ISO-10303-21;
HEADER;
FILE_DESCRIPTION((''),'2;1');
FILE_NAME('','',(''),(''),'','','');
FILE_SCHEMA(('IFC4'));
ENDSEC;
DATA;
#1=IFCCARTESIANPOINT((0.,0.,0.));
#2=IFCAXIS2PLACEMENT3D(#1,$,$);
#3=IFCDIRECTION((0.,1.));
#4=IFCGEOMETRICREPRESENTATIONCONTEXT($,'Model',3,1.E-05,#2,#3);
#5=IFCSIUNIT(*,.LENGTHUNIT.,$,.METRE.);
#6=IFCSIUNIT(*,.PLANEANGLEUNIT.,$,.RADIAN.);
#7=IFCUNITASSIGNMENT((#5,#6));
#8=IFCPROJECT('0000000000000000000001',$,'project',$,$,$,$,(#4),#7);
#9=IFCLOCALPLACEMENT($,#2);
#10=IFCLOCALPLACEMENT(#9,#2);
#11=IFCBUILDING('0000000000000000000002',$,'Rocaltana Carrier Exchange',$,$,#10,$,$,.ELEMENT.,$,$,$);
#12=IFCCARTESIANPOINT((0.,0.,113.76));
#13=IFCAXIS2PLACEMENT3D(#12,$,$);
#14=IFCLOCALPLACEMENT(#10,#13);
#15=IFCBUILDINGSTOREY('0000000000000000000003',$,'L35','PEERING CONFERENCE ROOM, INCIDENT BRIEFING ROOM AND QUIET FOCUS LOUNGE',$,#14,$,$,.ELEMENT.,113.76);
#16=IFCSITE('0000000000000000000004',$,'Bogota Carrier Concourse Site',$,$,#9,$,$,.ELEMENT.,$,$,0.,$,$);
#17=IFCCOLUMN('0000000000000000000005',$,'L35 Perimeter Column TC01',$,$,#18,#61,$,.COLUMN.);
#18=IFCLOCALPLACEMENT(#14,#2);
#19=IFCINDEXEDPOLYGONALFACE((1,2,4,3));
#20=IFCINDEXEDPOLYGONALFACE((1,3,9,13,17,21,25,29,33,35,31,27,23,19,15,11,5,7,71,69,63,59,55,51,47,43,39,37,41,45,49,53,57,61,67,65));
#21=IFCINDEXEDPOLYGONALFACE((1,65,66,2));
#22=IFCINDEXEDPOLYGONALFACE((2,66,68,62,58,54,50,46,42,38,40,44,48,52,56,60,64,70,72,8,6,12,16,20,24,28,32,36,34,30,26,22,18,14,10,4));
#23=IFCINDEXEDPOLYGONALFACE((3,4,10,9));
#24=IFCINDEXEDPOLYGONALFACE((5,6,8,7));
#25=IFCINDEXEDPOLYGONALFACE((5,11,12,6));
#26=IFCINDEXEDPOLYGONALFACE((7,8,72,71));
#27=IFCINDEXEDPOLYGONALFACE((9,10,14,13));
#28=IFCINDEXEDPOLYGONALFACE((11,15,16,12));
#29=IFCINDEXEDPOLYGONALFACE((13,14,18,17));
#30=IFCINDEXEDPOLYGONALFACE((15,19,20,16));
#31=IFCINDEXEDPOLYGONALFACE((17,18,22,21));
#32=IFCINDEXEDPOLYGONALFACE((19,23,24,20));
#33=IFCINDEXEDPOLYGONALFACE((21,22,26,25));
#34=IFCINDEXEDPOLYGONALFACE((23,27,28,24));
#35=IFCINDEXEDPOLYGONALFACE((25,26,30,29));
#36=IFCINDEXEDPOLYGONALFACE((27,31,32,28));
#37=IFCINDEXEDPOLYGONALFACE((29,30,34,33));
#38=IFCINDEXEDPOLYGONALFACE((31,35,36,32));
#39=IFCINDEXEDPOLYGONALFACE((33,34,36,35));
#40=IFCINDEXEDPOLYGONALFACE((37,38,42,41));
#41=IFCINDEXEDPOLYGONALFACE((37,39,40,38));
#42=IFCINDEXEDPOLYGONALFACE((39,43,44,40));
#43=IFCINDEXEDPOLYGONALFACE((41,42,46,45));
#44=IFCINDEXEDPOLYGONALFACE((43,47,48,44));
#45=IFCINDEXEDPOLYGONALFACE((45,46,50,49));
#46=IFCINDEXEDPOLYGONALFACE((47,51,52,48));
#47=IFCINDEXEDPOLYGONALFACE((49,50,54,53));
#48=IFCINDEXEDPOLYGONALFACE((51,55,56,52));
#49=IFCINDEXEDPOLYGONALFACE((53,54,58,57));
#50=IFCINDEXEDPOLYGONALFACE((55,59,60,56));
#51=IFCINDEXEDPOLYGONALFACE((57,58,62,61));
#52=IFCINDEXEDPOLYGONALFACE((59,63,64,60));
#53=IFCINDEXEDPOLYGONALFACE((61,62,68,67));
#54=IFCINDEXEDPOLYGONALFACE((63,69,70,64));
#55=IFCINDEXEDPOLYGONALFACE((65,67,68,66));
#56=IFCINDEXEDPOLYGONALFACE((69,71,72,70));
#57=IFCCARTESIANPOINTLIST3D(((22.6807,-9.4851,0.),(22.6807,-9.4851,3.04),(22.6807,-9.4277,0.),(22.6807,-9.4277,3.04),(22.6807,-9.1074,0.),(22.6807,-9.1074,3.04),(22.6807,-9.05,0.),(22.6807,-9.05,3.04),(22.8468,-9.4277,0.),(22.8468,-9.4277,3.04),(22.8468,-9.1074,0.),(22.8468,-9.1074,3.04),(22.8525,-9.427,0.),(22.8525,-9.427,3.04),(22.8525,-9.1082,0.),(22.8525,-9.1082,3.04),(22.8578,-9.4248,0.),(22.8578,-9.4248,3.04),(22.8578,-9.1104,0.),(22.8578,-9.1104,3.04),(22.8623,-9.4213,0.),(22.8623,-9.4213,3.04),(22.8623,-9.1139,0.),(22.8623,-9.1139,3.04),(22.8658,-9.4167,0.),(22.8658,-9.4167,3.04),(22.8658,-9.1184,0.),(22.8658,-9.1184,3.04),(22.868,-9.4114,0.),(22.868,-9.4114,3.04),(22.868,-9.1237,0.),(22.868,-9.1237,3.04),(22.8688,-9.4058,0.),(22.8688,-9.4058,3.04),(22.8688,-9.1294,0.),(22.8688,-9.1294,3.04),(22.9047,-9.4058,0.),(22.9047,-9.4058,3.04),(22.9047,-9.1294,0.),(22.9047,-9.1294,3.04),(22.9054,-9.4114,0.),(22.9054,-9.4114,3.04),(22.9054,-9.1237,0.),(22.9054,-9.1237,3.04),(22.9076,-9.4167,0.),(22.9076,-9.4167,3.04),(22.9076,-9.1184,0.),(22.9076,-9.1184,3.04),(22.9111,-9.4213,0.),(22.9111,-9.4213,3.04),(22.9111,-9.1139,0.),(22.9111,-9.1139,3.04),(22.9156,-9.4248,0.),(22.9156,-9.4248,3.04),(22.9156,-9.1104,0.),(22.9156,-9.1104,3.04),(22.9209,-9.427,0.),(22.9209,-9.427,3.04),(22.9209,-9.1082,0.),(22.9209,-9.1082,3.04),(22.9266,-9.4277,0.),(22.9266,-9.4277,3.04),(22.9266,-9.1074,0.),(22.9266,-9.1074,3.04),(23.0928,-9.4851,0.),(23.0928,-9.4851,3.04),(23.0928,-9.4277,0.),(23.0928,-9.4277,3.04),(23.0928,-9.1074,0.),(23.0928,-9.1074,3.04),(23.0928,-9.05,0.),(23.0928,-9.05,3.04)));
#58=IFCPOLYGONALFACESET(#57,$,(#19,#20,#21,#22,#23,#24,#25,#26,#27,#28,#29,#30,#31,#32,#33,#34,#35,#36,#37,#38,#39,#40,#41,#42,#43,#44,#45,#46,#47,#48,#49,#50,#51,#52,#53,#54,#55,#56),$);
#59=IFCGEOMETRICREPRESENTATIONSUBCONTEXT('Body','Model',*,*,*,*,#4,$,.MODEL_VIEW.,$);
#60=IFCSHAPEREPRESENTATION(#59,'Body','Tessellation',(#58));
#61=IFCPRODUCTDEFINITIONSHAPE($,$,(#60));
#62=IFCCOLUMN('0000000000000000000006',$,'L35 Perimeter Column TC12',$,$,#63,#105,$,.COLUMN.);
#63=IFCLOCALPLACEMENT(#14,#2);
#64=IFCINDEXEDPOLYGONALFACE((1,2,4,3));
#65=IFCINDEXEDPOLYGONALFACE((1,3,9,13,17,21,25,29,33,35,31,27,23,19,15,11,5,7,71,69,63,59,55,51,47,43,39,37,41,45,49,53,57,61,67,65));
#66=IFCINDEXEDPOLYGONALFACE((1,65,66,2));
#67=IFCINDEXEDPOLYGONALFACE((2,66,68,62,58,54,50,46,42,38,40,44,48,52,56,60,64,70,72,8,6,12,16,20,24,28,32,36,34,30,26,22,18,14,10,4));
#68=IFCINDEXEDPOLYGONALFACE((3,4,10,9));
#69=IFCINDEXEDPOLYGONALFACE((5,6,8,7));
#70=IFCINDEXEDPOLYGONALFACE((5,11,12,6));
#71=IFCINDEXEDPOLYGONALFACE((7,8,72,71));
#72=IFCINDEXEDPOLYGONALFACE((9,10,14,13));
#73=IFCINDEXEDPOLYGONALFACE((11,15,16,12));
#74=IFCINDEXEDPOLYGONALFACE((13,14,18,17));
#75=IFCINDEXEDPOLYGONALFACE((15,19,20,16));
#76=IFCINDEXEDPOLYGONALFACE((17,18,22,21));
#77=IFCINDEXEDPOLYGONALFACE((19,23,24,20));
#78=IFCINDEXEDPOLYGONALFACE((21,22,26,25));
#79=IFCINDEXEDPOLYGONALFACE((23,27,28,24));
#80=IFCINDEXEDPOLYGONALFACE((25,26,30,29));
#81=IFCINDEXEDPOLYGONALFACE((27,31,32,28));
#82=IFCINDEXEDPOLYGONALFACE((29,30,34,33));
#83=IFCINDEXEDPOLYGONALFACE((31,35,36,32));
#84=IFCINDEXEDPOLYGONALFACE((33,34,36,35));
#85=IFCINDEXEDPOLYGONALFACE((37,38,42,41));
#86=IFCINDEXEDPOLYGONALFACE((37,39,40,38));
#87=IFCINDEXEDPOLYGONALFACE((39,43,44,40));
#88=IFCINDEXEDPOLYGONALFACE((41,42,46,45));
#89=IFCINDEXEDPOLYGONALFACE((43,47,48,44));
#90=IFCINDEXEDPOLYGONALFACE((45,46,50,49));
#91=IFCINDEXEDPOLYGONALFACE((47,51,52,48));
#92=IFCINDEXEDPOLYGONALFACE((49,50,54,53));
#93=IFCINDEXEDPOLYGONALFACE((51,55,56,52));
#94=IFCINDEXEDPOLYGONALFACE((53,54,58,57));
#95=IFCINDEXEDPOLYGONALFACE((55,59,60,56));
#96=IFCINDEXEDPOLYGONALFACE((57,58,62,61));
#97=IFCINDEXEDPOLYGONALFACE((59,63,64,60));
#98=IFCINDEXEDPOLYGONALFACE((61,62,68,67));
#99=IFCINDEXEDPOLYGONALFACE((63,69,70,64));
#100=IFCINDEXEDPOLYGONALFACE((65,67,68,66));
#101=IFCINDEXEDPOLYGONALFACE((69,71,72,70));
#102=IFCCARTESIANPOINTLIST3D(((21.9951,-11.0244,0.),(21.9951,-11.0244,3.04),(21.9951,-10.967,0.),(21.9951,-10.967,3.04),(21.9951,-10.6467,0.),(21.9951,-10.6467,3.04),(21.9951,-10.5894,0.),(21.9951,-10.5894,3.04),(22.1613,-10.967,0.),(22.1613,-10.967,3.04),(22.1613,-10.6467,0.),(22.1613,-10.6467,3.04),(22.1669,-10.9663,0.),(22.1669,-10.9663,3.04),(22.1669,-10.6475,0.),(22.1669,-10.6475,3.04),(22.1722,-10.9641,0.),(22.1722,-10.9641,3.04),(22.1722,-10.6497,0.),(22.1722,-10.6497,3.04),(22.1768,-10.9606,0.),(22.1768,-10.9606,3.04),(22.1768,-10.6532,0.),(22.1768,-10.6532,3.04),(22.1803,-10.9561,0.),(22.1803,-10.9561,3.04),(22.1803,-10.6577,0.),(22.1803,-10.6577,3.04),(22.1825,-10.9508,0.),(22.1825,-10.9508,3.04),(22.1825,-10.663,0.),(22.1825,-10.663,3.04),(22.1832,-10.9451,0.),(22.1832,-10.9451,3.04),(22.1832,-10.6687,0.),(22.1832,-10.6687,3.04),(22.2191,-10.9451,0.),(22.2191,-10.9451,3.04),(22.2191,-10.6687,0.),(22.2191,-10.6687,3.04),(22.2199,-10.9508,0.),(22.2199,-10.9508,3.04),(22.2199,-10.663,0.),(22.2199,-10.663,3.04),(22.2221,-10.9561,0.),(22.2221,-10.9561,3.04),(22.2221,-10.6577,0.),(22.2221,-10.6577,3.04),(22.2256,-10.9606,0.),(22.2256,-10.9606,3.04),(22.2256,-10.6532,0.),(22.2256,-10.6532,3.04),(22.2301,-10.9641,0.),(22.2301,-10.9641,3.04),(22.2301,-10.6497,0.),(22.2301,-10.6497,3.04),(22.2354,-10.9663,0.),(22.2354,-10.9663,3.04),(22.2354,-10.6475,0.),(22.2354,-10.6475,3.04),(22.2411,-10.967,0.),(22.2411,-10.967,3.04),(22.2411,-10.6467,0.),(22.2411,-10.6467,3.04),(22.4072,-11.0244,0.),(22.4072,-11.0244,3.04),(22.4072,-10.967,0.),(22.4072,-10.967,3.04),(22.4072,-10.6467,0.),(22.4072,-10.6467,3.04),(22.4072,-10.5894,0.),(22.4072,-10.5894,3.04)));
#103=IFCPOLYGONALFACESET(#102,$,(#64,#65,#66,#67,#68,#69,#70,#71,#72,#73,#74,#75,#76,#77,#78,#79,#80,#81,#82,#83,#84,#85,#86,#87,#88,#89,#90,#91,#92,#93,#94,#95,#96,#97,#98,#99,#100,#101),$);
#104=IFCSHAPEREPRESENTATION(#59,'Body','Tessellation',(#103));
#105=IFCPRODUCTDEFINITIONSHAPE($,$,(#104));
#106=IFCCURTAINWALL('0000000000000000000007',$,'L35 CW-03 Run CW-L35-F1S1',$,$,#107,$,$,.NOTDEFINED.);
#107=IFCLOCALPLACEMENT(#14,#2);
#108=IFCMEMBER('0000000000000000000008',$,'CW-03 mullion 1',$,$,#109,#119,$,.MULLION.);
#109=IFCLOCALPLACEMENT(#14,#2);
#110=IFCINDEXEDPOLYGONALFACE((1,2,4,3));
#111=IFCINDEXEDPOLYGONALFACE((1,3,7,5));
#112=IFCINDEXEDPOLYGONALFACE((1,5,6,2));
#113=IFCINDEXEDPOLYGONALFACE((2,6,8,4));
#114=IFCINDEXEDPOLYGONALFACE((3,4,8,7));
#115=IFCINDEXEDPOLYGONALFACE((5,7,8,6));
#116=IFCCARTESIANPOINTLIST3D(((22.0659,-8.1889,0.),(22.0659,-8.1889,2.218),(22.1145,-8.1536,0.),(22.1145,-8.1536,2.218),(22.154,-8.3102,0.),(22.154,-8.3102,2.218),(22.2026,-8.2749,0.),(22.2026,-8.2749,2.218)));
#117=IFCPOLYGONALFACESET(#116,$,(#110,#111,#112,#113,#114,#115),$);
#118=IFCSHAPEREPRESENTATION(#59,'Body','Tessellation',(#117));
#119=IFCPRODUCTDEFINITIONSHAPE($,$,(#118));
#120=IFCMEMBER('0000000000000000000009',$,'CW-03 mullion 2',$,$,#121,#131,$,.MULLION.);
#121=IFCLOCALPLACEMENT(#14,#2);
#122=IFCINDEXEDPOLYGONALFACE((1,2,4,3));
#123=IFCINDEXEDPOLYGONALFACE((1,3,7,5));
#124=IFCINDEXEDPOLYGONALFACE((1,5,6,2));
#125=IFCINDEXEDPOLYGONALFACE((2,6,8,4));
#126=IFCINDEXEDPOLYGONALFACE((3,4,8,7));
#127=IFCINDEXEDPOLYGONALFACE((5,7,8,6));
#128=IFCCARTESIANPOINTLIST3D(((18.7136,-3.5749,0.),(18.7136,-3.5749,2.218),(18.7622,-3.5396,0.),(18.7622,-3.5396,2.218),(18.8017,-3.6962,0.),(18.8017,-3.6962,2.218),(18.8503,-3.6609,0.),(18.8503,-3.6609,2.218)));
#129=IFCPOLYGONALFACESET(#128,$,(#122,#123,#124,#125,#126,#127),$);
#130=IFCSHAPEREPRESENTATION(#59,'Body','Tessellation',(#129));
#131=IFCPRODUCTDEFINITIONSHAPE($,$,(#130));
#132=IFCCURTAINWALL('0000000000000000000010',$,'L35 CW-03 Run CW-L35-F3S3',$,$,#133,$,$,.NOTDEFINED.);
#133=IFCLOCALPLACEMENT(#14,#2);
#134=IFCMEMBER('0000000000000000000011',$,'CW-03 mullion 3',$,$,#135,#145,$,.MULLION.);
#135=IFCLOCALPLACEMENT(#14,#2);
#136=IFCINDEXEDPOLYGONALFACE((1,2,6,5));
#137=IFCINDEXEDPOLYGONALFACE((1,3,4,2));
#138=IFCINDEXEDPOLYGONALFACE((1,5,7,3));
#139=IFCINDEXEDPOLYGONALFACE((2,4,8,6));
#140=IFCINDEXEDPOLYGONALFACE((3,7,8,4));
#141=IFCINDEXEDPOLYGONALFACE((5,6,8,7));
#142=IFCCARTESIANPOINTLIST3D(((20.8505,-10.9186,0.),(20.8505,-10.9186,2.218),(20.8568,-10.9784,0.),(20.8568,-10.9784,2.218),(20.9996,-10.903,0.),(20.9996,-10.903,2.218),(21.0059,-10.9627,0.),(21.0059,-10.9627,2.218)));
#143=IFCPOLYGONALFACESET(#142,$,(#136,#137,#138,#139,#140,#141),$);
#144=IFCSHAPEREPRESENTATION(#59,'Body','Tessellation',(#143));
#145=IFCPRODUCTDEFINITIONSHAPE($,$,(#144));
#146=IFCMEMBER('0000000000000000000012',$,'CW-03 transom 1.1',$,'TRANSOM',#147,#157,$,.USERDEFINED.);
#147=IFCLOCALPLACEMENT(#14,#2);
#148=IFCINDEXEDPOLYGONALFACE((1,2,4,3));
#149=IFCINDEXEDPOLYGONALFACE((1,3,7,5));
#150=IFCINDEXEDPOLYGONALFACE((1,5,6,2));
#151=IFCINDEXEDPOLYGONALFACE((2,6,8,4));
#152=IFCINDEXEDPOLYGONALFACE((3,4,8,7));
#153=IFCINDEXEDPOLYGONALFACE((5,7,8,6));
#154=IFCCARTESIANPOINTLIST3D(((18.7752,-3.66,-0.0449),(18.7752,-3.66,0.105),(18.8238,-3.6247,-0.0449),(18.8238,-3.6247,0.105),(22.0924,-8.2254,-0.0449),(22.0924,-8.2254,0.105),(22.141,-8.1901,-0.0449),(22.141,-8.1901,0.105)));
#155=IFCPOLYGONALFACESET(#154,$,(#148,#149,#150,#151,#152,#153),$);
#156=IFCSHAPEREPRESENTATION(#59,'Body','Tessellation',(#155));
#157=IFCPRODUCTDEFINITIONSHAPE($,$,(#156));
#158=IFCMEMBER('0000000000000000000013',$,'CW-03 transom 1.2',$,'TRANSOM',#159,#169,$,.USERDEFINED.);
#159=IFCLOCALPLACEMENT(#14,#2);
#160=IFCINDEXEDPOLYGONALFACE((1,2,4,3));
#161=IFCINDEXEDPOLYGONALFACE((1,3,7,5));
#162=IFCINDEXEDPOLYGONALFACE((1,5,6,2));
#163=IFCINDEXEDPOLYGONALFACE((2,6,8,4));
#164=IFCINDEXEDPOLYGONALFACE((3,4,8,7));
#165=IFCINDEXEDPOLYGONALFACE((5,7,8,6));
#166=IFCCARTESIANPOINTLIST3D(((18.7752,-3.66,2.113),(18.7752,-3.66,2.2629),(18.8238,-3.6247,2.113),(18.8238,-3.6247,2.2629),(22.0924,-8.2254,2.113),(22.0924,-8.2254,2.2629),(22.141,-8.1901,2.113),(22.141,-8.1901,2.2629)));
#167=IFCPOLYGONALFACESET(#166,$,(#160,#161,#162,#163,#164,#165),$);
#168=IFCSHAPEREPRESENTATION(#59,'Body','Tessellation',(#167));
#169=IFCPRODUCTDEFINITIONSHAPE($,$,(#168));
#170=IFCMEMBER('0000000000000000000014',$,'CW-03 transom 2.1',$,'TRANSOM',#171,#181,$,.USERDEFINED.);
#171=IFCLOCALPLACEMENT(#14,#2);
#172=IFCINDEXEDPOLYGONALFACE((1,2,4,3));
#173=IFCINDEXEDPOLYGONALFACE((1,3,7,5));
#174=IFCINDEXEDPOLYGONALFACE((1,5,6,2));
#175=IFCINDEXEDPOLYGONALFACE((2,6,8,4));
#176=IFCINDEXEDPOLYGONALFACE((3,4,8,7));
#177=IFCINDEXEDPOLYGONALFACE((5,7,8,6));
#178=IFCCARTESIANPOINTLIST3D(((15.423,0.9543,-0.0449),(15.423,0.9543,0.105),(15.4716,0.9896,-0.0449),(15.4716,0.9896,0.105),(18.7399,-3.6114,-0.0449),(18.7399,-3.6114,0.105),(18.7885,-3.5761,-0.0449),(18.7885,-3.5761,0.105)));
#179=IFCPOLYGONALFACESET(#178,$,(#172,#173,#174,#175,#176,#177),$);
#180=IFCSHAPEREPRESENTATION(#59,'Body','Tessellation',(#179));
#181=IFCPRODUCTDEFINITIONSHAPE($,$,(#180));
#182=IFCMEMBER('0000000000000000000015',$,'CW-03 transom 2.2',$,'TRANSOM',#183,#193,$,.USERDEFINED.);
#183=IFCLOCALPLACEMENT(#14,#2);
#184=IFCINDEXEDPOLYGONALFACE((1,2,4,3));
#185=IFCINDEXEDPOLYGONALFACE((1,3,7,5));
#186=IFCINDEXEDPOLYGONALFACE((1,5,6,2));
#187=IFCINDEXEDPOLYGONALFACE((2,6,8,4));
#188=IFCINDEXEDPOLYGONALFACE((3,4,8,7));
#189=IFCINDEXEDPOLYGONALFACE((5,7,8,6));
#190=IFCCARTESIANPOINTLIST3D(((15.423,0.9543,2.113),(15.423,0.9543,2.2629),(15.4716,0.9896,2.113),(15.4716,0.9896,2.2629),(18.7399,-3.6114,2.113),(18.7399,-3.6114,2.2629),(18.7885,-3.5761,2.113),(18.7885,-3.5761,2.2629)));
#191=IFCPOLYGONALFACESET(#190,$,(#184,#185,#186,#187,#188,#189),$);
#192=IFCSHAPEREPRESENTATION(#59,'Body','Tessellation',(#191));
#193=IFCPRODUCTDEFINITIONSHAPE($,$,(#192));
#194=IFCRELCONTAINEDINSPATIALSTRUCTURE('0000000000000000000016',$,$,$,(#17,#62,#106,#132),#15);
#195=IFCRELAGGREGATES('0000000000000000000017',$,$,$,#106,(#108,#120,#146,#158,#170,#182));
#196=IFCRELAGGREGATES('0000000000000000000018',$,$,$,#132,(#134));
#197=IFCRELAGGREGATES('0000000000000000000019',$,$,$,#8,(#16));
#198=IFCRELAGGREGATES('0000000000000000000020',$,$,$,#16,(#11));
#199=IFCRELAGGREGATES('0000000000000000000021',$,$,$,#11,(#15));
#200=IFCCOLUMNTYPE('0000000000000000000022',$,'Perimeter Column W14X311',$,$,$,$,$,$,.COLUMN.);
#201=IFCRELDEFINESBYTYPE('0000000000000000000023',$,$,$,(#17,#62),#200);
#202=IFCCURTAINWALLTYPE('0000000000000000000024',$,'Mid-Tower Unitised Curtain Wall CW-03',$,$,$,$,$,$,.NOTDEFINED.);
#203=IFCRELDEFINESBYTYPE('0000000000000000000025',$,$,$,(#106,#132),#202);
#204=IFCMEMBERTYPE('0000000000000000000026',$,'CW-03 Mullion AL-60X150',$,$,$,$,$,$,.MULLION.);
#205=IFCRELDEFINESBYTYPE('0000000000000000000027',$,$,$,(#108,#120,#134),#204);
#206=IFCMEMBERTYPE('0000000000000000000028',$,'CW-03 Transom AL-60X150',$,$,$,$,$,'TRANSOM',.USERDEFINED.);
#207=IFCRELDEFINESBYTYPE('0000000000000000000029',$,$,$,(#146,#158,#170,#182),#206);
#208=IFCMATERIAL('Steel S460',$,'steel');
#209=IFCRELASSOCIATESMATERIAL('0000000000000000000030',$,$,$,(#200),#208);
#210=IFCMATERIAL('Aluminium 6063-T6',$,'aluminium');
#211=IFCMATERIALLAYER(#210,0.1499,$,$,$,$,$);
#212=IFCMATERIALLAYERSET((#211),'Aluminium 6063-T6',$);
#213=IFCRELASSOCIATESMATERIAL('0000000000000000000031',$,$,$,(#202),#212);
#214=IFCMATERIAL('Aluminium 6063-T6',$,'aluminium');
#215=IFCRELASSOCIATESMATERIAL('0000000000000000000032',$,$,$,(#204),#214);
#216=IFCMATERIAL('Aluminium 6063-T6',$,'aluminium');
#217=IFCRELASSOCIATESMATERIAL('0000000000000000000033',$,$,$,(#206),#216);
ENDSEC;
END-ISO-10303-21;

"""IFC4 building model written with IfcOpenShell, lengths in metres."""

from ifc_helpers import new_model, si_unit, direction, frame, origin, origin_2d, place, context, subcontext, project, spatial, rectangle, i_section, extrude, material, layer, layer_set, material_profile, profile_set, type_object, element, aggregate, save


model = new_model("IFC4")

# Units and contexts
model_context = context("Model", 3, precision=1e-05, world=origin(), true_north=direction((0.0, 1.0)))
body_context = subcontext(model_context, "Body", "Model", "MODEL_VIEW")
ifc_project = project(units=[si_unit("LENGTHUNIT", "METRE"), si_unit("PLANEANGLEUNIT", "RADIAN")], contexts=[model_context])

# Site, building, storey
site_placement = place(None, origin())
site = spatial("IfcSite", under=ifc_project, at=site_placement, Name="Bogota Carrier Concourse Site", CompositionType="ELEMENT", RefElevation=0.0)
building_placement = place(site_placement, origin())
building = spatial("IfcBuilding", under=site, at=building_placement, Name="Rocaltana Carrier Exchange", CompositionType="ELEMENT")
storey_placement = place(building_placement, frame((0.0, 0.0, 113.76)))
storey = spatial("IfcBuildingStorey", under=building, at=storey_placement, Name="L35", Description="PEERING CONFERENCE ROOM, INCIDENT BRIEFING ROOM AND QUIET FOCUS LOUNGE", CompositionType="ELEMENT", Elevation=113.76)

# Columns
ifc_material_1 = material(Name="Steel S460", Category="steel")
ifc_material_profile_1 = material_profile(ifc_material_1, i_section(OverallWidth=0.4121, OverallDepth=0.4351, WebThickness=0.0359, FlangeThickness=0.0574, FilletRadius=0.022, at=origin_2d()), Name="W14X311")
ifc_profile_set_1 = profile_set([ifc_material_profile_1], Name="Steel S460")
column_type = type_object("IfcColumnType", Name="Perimeter Column W14X311", PredefinedType="COLUMN", material=ifc_profile_set_1)
for number, where, z_axis, x_axis, name in (
    (1, (22.8867, -9.2676, 0.0), (0.0, 0.0, 1.0), (1.0, 0.0, 0.0), "L35 Perimeter Column TC01"),
    (2, (22.2012, -10.8069, 0.0), (0.0, 0.0, 1.0), (1.0, 0.0, 0.0), "L35 Perimeter Column TC12"),
):
    element("IfcColumn", number, at=place(storey_placement, frame(where, z_axis=z_axis, x_axis=x_axis)), inside=storey, type_object=column_type, Name=name, PredefinedType="COLUMN", context=body_context, shape_type="SweptSolid", body=[
        extrude(i_section(OverallWidth=0.4121, OverallDepth=0.4351, WebThickness=0.0359, FlangeThickness=0.0574, FilletRadius=0.022, at=origin_2d()), origin(), (0.0, 0.0, 1.0), 3.04),
    ])

# Curtain wall, members
ifc_material_2 = material(Name="Aluminium 6063-T6", Category="aluminium")
ifc_layer_1 = layer(ifc_material_2, 0.1499)
ifc_layer_set_1 = layer_set([ifc_layer_1], Name="Aluminium 6063-T6")
curtain_wall_type = type_object("IfcCurtainWallType", Name="Mid-Tower Unitised Curtain Wall CW-03", PredefinedType="NOTDEFINED", material=ifc_layer_set_1)
curtain_wall_1_placement = place(storey_placement, origin())
curtain_wall_1 = element("IfcCurtainWall", 3, at=curtain_wall_1_placement, inside=storey, type_object=curtain_wall_type, Name="L35 CW-03 Run CW-L35-F1S1", PredefinedType="NOTDEFINED")
ifc_material_3 = material(Name="Aluminium 6063-T6", Category="aluminium")
ifc_material_profile_2 = material_profile(ifc_material_3, rectangle(XDim=0.0601, YDim=0.1499, at=origin_2d()), Name="AL-60X150")
ifc_profile_set_2 = profile_set([ifc_material_profile_2], Name="Aluminium 6063-T6")
member_type_1 = type_object("IfcMemberType", Name="CW-03 Mullion AL-60X150", PredefinedType="MULLION", material=ifc_profile_set_2)
member_1_placement = place(storey_placement, frame((22.1343, -8.2319, 0.0), z_axis=(0.0, 0.0, 1.0), x_axis=(-0.809014, -0.58779, 0.0)))
member_1 = element("IfcMember", 4, at=member_1_placement, type_object=member_type_1, Name="CW-03 mullion 1", PredefinedType="MULLION", context=body_context, shape_type="SweptSolid", body=[
    extrude(rectangle(XDim=0.0601, YDim=0.1499, at=origin_2d()), origin(), (0.0, 0.0, 1.0), 2.218),
])
member_2_placement = place(storey_placement, frame((18.782, -3.6179, 0.0), z_axis=(0.0, 0.0, 1.0), x_axis=(-0.809014, -0.58779, 0.0)))
member_2 = element("IfcMember", 5, at=member_2_placement, type_object=member_type_1, Name="CW-03 mullion 2", PredefinedType="MULLION", context=body_context, shape_type="SweptSolid", body=[
    extrude(rectangle(XDim=0.0601, YDim=0.1499, at=origin_2d()), origin(), (0.0, 0.0, 1.0), 2.218),
])

# Curtain wall, member
curtain_wall_2_placement = place(storey_placement, origin())
curtain_wall_2 = element("IfcCurtainWall", 6, at=curtain_wall_2_placement, inside=storey, type_object=curtain_wall_type, Name="L35 CW-03 Run CW-L35-F3S3", PredefinedType="NOTDEFINED")
member_3_placement = place(storey_placement, frame((20.9282, -10.9407, 0.0), z_axis=(0.0, 0.0, 1.0), x_axis=(-0.104522, 0.994523, 0.0)))
member_3 = element("IfcMember", 7, at=member_3_placement, type_object=member_type_1, Name="CW-03 mullion 3", PredefinedType="MULLION", context=body_context, shape_type="SweptSolid", body=[
    extrude(rectangle(XDim=0.0601, YDim=0.1499, at=origin_2d()), origin(), (0.0, 0.0, 1.0), 2.218),
])

# Members
ifc_material_4 = material(Name="Aluminium 6063-T6", Category="aluminium")
ifc_material_profile_3 = material_profile(ifc_material_4, rectangle(XDim=0.0601, YDim=0.1499, at=origin_2d()), Name="AL-60X150")
ifc_profile_set_3 = profile_set([ifc_material_profile_3], Name="Aluminium 6063-T6")
member_type_2 = type_object("IfcMemberType", Name="CW-03 Transom AL-60X150", ElementType="TRANSOM", PredefinedType="USERDEFINED", material=ifc_profile_set_3)
member_4_placement = place(storey_placement, frame((22.1167, -8.2078, 0.03), z_axis=(-0.587804, 0.809004, 0.0), x_axis=(-0.809004, -0.587804, 0.0)))
member_4 = element("IfcMember", 8, at=member_4_placement, type_object=member_type_2, Name="CW-03 transom 1.1", ObjectType="TRANSOM", PredefinedType="USERDEFINED", context=body_context, shape_type="SweptSolid", body=[
    extrude(rectangle(XDim=0.0601, YDim=0.1499, at=origin_2d()), origin(), (0.0, 0.0, 1.0), 5.6433),
])
member_5_placement = place(storey_placement, frame((22.1167, -8.2078, 2.188), z_axis=(-0.587804, 0.809004, 0.0), x_axis=(-0.809004, -0.587804, 0.0)))
member_5 = element("IfcMember", 9, at=member_5_placement, type_object=member_type_2, Name="CW-03 transom 1.2", ObjectType="TRANSOM", PredefinedType="USERDEFINED", context=body_context, shape_type="SweptSolid", body=[
    extrude(rectangle(XDim=0.0601, YDim=0.1499, at=origin_2d()), origin(), (0.0, 0.0, 1.0), 5.6433),
])
member_6_placement = place(storey_placement, frame((18.7642, -3.5938, 0.03), z_axis=(-0.587755, 0.809039, 0.0), x_axis=(-0.809039, -0.587755, 0.0)))
member_6 = element("IfcMember", 10, at=member_6_placement, type_object=member_type_2, Name="CW-03 transom 2.1", ObjectType="TRANSOM", PredefinedType="USERDEFINED", context=body_context, shape_type="SweptSolid", body=[
    extrude(rectangle(XDim=0.0601, YDim=0.1499, at=origin_2d()), origin(), (0.0, 0.0, 1.0), 5.6433),
])
member_7_placement = place(storey_placement, frame((18.7642, -3.5938, 2.188), z_axis=(-0.587755, 0.809039, 0.0), x_axis=(-0.809039, -0.587755, 0.0)))
member_7 = element("IfcMember", 11, at=member_7_placement, type_object=member_type_2, Name="CW-03 transom 2.2", ObjectType="TRANSOM", PredefinedType="USERDEFINED", context=body_context, shape_type="SweptSolid", body=[
    extrude(rectangle(XDim=0.0601, YDim=0.1499, at=origin_2d()), origin(), (0.0, 0.0, 1.0), 5.6433),
])

aggregate(curtain_wall_1, [member_1, member_2, member_4, member_5, member_6, member_7])
aggregate(curtain_wall_2, [member_3])

save(model, "model.ifc")
